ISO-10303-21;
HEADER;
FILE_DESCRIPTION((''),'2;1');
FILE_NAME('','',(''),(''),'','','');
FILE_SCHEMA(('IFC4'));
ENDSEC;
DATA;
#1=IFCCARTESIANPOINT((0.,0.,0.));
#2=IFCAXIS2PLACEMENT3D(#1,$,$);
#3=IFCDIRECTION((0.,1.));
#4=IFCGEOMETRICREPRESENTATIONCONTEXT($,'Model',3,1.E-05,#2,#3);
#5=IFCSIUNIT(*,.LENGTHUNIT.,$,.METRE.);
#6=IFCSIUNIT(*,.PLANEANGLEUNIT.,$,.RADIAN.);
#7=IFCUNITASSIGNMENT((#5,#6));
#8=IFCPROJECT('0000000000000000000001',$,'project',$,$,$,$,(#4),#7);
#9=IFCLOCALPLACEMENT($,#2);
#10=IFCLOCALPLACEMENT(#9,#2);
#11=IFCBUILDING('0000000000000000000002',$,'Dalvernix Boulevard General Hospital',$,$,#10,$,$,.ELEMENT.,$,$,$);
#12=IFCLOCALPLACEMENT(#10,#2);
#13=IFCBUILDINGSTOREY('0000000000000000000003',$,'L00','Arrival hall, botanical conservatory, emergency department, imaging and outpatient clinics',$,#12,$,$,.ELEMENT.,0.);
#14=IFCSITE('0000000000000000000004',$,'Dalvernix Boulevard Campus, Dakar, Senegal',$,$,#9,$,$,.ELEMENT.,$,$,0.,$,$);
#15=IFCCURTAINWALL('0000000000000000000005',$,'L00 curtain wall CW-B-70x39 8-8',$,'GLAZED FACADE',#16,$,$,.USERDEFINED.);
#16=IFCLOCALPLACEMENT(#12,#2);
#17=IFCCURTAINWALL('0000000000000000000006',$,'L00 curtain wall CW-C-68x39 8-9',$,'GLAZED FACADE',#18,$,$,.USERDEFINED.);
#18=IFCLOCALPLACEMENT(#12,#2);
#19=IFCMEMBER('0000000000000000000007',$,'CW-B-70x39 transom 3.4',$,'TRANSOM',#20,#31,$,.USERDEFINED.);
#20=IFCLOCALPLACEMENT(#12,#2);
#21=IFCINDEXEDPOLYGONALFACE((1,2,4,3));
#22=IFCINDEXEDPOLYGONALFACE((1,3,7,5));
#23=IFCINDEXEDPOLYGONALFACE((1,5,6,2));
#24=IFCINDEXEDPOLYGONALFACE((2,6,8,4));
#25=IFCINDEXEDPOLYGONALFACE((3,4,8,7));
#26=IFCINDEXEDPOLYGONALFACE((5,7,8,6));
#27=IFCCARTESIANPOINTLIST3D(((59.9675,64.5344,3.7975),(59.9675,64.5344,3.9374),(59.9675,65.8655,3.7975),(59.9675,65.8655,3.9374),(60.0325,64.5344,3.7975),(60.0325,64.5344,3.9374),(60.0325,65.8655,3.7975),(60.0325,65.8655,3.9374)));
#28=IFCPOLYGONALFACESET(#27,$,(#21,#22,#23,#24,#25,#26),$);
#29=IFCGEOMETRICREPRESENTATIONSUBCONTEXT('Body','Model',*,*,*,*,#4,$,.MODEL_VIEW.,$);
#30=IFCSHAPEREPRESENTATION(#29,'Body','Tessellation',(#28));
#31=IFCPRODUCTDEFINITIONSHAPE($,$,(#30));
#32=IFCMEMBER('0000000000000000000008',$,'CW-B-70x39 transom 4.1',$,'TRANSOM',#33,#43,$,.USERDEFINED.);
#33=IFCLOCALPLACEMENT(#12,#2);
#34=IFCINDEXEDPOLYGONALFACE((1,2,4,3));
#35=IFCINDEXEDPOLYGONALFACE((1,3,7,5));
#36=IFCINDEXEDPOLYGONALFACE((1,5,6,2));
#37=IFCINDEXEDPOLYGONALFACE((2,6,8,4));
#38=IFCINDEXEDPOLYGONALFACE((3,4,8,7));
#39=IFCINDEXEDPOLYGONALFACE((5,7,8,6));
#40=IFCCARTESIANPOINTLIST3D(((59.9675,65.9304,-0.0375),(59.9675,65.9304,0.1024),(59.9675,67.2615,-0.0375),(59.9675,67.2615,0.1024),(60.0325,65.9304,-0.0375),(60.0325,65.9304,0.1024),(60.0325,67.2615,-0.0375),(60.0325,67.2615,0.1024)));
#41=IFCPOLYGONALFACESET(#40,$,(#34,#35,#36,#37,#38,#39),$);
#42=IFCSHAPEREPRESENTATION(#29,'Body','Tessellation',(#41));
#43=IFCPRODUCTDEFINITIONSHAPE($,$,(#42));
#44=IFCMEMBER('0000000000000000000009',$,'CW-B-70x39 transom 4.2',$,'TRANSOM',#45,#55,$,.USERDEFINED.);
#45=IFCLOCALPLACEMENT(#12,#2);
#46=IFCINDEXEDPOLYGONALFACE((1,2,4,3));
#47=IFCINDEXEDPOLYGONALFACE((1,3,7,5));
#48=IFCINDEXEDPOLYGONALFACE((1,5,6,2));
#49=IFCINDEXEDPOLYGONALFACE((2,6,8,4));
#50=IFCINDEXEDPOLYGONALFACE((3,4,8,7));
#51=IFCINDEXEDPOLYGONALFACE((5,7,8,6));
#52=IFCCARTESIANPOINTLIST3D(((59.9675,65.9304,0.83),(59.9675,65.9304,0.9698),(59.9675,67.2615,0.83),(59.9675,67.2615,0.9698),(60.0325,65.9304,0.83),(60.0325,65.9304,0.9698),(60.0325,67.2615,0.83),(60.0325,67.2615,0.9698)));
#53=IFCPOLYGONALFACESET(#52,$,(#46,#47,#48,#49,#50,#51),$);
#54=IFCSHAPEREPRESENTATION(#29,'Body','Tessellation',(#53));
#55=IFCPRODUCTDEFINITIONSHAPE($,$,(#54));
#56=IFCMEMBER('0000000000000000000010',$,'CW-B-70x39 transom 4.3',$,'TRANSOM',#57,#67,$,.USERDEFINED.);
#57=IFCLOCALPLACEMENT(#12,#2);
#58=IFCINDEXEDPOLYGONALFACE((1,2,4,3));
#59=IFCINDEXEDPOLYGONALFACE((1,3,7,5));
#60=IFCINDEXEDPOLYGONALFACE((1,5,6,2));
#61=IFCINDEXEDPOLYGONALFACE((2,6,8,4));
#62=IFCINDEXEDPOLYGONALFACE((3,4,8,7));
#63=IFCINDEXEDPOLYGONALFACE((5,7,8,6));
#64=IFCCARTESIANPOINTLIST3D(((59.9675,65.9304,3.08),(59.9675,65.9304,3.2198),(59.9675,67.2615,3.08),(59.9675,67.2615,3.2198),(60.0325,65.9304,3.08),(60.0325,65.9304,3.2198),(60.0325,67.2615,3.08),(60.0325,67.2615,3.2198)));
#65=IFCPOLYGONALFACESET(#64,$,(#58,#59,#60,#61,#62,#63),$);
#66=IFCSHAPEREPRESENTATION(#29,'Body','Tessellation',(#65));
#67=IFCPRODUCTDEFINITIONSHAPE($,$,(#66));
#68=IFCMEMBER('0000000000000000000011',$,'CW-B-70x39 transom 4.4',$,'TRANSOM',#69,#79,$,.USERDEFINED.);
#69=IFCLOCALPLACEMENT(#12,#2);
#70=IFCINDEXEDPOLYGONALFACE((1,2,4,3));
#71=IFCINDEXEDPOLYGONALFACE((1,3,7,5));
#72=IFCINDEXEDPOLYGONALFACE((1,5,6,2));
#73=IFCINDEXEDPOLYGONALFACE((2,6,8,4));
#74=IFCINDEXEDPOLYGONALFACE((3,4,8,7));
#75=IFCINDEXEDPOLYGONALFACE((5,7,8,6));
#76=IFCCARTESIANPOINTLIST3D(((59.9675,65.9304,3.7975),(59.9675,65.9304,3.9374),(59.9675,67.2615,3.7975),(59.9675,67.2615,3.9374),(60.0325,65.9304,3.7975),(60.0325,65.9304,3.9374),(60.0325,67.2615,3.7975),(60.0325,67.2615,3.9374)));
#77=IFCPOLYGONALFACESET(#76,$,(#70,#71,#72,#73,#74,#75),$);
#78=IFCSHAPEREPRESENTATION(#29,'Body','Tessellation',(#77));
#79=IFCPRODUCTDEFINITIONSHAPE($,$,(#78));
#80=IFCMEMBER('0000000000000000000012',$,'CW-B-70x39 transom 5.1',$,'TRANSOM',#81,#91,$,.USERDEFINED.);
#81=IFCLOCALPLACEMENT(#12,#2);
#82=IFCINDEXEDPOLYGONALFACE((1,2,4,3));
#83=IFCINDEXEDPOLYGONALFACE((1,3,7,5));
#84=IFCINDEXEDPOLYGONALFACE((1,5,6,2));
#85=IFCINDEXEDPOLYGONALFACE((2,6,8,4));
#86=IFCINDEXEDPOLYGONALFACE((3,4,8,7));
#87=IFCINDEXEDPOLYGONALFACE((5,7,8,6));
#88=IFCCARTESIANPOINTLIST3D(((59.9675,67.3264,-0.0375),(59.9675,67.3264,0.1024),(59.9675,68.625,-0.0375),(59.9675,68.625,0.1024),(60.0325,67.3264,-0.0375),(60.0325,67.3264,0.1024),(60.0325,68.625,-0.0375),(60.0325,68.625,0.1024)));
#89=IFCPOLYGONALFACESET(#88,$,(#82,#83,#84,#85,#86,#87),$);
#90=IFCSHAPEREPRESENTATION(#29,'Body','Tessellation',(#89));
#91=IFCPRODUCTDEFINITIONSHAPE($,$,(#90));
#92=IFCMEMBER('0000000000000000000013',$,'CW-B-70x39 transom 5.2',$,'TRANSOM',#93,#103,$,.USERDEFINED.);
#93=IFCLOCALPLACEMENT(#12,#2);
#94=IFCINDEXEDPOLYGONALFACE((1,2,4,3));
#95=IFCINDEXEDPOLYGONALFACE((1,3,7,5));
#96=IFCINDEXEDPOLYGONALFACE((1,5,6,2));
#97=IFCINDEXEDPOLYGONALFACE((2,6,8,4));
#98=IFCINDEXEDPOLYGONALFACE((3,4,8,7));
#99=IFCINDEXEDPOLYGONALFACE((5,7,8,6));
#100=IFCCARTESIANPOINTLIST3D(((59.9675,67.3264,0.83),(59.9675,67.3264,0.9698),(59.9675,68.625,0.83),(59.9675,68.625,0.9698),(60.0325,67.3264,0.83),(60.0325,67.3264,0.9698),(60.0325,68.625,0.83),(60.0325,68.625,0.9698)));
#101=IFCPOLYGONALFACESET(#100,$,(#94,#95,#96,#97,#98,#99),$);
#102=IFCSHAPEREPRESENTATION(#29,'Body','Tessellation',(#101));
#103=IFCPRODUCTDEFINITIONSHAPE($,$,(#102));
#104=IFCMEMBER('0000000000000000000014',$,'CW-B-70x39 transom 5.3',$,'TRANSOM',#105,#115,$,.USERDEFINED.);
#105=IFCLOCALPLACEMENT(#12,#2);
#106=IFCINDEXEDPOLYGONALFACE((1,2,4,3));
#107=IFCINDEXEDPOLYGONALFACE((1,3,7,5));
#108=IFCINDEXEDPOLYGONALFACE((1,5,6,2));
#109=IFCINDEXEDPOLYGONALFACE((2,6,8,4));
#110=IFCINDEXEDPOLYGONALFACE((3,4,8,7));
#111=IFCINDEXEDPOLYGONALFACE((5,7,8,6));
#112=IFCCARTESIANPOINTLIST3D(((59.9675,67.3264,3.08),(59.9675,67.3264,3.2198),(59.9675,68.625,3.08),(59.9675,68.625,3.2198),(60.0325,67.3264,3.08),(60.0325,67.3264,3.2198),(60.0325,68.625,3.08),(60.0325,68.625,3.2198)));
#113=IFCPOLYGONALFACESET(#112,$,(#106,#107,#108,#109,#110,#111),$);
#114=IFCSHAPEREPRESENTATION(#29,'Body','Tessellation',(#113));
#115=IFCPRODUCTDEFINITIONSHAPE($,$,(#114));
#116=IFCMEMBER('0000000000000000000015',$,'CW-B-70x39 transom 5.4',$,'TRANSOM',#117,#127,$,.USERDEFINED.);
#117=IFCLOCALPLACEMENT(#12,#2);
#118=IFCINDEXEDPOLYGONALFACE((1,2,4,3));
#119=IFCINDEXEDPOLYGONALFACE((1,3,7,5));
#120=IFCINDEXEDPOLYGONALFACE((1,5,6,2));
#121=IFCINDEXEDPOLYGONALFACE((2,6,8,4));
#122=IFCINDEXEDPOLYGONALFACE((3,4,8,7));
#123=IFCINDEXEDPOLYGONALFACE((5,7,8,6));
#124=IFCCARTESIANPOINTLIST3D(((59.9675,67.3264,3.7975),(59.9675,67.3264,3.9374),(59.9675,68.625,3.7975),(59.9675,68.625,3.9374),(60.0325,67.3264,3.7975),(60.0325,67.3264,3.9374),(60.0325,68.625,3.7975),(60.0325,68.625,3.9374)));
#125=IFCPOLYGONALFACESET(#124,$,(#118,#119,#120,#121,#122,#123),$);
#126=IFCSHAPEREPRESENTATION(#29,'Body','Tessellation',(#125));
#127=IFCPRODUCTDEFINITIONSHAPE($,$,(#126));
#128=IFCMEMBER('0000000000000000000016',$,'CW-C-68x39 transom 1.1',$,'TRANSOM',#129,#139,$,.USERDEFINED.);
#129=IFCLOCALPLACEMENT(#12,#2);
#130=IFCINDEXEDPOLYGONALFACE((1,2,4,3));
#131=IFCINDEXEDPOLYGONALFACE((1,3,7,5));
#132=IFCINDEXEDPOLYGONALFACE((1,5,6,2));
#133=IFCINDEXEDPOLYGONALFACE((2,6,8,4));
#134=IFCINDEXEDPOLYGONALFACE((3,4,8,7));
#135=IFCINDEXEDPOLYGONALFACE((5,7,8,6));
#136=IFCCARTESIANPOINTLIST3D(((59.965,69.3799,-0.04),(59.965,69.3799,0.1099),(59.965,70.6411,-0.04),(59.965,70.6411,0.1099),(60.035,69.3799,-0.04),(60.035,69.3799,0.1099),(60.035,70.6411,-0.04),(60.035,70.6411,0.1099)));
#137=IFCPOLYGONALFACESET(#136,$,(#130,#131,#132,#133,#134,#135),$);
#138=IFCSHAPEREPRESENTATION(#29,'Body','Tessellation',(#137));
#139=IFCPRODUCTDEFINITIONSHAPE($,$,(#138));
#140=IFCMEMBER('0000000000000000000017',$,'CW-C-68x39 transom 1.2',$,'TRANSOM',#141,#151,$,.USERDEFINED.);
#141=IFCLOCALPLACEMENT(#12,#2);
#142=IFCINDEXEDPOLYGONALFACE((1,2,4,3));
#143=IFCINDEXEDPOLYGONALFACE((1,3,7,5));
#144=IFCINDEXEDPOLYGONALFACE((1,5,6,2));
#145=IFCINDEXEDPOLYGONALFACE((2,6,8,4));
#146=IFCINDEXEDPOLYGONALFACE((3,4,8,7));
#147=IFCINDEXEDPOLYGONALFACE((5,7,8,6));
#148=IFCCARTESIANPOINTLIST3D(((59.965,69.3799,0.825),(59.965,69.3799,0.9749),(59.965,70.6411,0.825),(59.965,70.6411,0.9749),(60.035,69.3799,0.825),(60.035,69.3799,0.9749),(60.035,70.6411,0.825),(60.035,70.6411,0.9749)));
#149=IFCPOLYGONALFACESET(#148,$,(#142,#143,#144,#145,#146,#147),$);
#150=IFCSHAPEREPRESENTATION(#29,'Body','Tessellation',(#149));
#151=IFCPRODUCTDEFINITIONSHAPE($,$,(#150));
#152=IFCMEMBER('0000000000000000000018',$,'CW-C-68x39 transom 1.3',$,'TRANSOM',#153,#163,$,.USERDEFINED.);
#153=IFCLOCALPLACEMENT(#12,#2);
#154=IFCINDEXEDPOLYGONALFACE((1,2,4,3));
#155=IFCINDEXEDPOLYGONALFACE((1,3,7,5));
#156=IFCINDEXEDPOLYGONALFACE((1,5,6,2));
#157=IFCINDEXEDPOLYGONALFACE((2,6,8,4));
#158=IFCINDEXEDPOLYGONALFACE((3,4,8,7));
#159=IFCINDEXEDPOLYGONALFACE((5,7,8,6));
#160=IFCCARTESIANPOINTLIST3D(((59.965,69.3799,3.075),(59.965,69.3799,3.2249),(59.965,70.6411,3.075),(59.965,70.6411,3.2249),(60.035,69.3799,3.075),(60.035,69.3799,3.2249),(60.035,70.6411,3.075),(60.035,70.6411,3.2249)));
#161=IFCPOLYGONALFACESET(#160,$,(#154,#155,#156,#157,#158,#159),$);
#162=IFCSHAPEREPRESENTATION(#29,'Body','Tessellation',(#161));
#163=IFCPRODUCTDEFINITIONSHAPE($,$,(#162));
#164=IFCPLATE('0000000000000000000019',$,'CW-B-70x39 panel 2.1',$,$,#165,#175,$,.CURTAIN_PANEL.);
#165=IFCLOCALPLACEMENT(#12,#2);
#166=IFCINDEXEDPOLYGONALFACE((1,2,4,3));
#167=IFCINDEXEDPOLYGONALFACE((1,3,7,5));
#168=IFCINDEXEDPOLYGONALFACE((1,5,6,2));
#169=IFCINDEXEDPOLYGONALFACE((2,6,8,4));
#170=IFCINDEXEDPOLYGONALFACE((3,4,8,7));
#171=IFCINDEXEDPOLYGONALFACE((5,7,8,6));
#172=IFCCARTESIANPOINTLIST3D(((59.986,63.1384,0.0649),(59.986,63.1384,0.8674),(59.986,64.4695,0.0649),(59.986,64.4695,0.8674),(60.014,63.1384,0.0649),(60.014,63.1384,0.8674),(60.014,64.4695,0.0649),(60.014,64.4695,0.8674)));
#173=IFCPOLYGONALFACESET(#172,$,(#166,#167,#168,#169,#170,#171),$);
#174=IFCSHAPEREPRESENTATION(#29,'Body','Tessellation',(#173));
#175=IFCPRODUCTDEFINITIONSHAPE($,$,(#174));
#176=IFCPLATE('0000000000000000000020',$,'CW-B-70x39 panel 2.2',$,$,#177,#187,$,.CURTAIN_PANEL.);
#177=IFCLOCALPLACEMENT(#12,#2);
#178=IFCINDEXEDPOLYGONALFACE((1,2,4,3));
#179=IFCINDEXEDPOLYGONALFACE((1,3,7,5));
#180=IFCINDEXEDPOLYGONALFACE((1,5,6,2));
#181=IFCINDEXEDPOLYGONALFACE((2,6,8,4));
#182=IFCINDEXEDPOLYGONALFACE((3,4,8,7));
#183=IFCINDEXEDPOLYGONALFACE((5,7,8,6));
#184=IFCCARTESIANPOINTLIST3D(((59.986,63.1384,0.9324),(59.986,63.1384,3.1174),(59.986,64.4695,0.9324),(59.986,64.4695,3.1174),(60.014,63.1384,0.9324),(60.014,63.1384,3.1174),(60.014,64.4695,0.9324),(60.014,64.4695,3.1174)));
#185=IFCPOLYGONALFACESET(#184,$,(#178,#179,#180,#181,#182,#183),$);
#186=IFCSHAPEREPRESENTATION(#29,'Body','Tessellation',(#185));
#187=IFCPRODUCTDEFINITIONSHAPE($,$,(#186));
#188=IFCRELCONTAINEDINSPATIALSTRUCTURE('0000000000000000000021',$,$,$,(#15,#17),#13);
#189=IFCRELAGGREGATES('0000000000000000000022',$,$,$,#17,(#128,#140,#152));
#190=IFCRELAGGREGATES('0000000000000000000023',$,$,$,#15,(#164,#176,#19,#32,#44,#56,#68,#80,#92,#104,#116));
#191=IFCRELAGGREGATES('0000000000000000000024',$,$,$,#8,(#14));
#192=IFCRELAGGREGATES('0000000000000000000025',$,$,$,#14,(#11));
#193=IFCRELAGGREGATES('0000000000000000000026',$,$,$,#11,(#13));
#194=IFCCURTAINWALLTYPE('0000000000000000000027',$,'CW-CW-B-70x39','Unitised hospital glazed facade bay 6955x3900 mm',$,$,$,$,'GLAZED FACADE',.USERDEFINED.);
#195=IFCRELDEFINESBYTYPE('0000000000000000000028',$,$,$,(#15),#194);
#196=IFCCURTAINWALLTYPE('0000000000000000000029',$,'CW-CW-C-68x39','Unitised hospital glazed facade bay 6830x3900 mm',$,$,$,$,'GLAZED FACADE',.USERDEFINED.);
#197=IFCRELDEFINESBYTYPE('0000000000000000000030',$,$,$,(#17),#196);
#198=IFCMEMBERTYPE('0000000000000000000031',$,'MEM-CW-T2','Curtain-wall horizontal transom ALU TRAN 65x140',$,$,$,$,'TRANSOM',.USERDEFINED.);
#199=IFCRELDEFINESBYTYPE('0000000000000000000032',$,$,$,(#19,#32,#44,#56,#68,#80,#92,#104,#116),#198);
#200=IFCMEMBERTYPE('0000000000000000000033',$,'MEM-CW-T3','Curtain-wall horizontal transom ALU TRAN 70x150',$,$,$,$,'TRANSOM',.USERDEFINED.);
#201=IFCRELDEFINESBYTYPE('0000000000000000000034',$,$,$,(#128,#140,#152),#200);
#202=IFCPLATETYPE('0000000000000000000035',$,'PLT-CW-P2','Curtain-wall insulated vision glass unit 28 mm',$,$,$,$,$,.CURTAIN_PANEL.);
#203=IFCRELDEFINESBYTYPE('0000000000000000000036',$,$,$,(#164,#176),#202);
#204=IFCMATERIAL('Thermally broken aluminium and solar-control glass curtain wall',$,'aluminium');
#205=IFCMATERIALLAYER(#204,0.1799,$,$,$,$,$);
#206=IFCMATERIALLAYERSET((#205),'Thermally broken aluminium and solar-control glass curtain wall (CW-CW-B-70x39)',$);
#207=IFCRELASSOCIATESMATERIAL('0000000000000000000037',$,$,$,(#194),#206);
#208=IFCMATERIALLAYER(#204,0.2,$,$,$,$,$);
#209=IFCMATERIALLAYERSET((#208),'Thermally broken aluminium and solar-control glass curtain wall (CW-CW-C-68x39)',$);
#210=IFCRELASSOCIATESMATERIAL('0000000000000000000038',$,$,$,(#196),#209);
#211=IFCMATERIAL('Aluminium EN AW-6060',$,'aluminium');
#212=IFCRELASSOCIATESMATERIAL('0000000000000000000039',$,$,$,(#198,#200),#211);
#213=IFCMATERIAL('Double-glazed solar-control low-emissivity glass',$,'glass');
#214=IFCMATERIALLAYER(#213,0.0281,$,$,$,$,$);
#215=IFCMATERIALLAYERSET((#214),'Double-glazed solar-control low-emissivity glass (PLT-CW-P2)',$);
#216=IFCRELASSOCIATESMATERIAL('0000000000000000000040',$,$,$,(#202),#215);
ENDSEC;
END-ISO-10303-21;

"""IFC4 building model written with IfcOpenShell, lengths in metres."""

from ifc_helpers import new_model, si_unit, direction, frame, origin, origin_2d, place, context, subcontext, project, spatial, rectangle, extrude, material, layer, layer_set, material_profile, profile_set, type_object, element, aggregate, save


model = new_model("IFC4")

# Units and contexts
model_context = context("Model", 3, precision=1e-05, world=origin(), true_north=direction((0.0, 1.0)))
body_context = subcontext(model_context, "Body", "Model", "MODEL_VIEW")
ifc_project = project(units=[si_unit("LENGTHUNIT", "METRE"), si_unit("PLANEANGLEUNIT", "RADIAN")], contexts=[model_context])

# Site, building, storey
site_placement = place(None, origin())
site = spatial("IfcSite", under=ifc_project, at=site_placement, Name="Dalvernix Boulevard Campus, Dakar, Senegal", CompositionType="ELEMENT", RefElevation=0.0)
building_placement = place(site_placement, origin())
building = spatial("IfcBuilding", under=site, at=building_placement, Name="Dalvernix Boulevard General Hospital", CompositionType="ELEMENT")
storey_placement = place(building_placement, origin())
storey = spatial("IfcBuildingStorey", under=building, at=storey_placement, Name="L00", Description="Arrival hall, botanical conservatory, emergency department, imaging and outpatient clinics", CompositionType="ELEMENT", Elevation=0.0)

# Curtain wall
ifc_material_1 = material(Name="Thermally broken aluminium and solar-control glass curtain wall", Category="aluminium")
ifc_layer_1 = layer(ifc_material_1, 0.1799)
ifc_layer_set_1 = layer_set([ifc_layer_1], Name="Thermally broken aluminium and solar-control glass curtain wall (CW-CW-B-70x39)")
curtain_wall_type_1 = type_object("IfcCurtainWallType", Name="CW-CW-B-70x39", Description="Unitised hospital glazed facade bay 6955x3900 mm", ElementType="GLAZED FACADE", PredefinedType="USERDEFINED", material=ifc_layer_set_1)
curtain_wall_1_placement = place(storey_placement, origin())
curtain_wall_1 = element("IfcCurtainWall", 1, at=curtain_wall_1_placement, inside=storey, type_object=curtain_wall_type_1, Name="L00 curtain wall CW-B-70x39 8-8", ObjectType="GLAZED FACADE", PredefinedType="USERDEFINED")
ifc_material_2 = material(Name="Aluminium EN AW-6060", Category="aluminium")

# Curtain wall
ifc_layer_2 = layer(ifc_material_1, 0.2)
ifc_layer_set_2 = layer_set([ifc_layer_2], Name="Thermally broken aluminium and solar-control glass curtain wall (CW-CW-C-68x39)")
curtain_wall_type_2 = type_object("IfcCurtainWallType", Name="CW-CW-C-68x39", Description="Unitised hospital glazed facade bay 6830x3900 mm", ElementType="GLAZED FACADE", PredefinedType="USERDEFINED", material=ifc_layer_set_2)
curtain_wall_2_placement = place(storey_placement, origin())
curtain_wall_2 = element("IfcCurtainWall", 2, at=curtain_wall_2_placement, inside=storey, type_object=curtain_wall_type_2, Name="L00 curtain wall CW-C-68x39 8-9", ObjectType="GLAZED FACADE", PredefinedType="USERDEFINED")

# Members
ifc_material_profile_1 = material_profile(ifc_material_2, rectangle(XDim=0.0649, YDim=0.1399, at=origin_2d()), Name="ALU TRAN 65x140")
ifc_profile_set_1 = profile_set([ifc_material_profile_1], Name="Aluminium EN AW-6060")
member_type_1 = type_object("IfcMemberType", Name="MEM-CW-T2", Description="Curtain-wall horizontal transom ALU TRAN 65x140", ElementType="TRANSOM", PredefinedType="USERDEFINED", material=ifc_profile_set_1)
member_1_placement = place(storey_placement, frame((60.0, 64.5344, 3.8674), z_axis=(0.0, 1.0, 0.0), x_axis=(-1.0, 0.0, 0.0)))
member_1 = element("IfcMember", 3, at=member_1_placement, type_object=member_type_1, Name="CW-B-70x39 transom 3.4", ObjectType="TRANSOM", PredefinedType="USERDEFINED", context=body_context, shape_type="SweptSolid", body=[
    extrude(rectangle(XDim=0.0649, YDim=0.1399, at=origin_2d()), origin(), (0.0, 0.0, 1.0), 1.3311),
])
member_2_placement = place(storey_placement, frame((60.0, 65.9304, 0.0325), z_axis=(0.0, 1.0, 0.0), x_axis=(-1.0, 0.0, 0.0)))
member_2 = element("IfcMember", 4, at=member_2_placement, type_object=member_type_1, Name="CW-B-70x39 transom 4.1", ObjectType="TRANSOM", PredefinedType="USERDEFINED", context=body_context, shape_type="SweptSolid", body=[
    extrude(rectangle(XDim=0.0649, YDim=0.1399, at=origin_2d()), origin(), (0.0, 0.0, 1.0), 1.3311),
])
member_3_placement = place(storey_placement, frame((60.0, 65.9304, 0.8999), z_axis=(0.0, 1.0, 0.0), x_axis=(-1.0, 0.0, 0.0)))
member_3 = element("IfcMember", 5, at=member_3_placement, type_object=member_type_1, Name="CW-B-70x39 transom 4.2", ObjectType="TRANSOM", PredefinedType="USERDEFINED", context=body_context, shape_type="SweptSolid", body=[
    extrude(rectangle(XDim=0.0649, YDim=0.1399, at=origin_2d()), origin(), (0.0, 0.0, 1.0), 1.3311),
])
member_4_placement = place(storey_placement, frame((60.0, 65.9304, 3.1499), z_axis=(0.0, 1.0, 0.0), x_axis=(-1.0, 0.0, 0.0)))
member_4 = element("IfcMember", 6, at=member_4_placement, type_object=member_type_1, Name="CW-B-70x39 transom 4.3", ObjectType="TRANSOM", PredefinedType="USERDEFINED", context=body_context, shape_type="SweptSolid", body=[
    extrude(rectangle(XDim=0.0649, YDim=0.1399, at=origin_2d()), origin(), (0.0, 0.0, 1.0), 1.3311),
])
member_5_placement = place(storey_placement, frame((60.0, 65.9304, 3.8674), z_axis=(0.0, 1.0, 0.0), x_axis=(-1.0, 0.0, 0.0)))
member_5 = element("IfcMember", 7, at=member_5_placement, type_object=member_type_1, Name="CW-B-70x39 transom 4.4", ObjectType="TRANSOM", PredefinedType="USERDEFINED", context=body_context, shape_type="SweptSolid", body=[
    extrude(rectangle(XDim=0.0649, YDim=0.1399, at=origin_2d()), origin(), (0.0, 0.0, 1.0), 1.3311),
])
member_6_placement = place(storey_placement, frame((60.0, 67.3264, 0.0325), z_axis=(0.0, 1.0, 0.0), x_axis=(-1.0, 0.0, 0.0)))
member_6 = element("IfcMember", 8, at=member_6_placement, type_object=member_type_1, Name="CW-B-70x39 transom 5.1", ObjectType="TRANSOM", PredefinedType="USERDEFINED", context=body_context, shape_type="SweptSolid", body=[
    extrude(rectangle(XDim=0.0649, YDim=0.1399, at=origin_2d()), origin(), (0.0, 0.0, 1.0), 1.2986),
])
member_7_placement = place(storey_placement, frame((60.0, 67.3264, 0.8999), z_axis=(0.0, 1.0, 0.0), x_axis=(-1.0, 0.0, 0.0)))
member_7 = element("IfcMember", 9, at=member_7_placement, type_object=member_type_1, Name="CW-B-70x39 transom 5.2", ObjectType="TRANSOM", PredefinedType="USERDEFINED", context=body_context, shape_type="SweptSolid", body=[
    extrude(rectangle(XDim=0.0649, YDim=0.1399, at=origin_2d()), origin(), (0.0, 0.0, 1.0), 1.2986),
])
member_8_placement = place(storey_placement, frame((60.0, 67.3264, 3.1499), z_axis=(0.0, 1.0, 0.0), x_axis=(-1.0, 0.0, 0.0)))
member_8 = element("IfcMember", 10, at=member_8_placement, type_object=member_type_1, Name="CW-B-70x39 transom 5.3", ObjectType="TRANSOM", PredefinedType="USERDEFINED", context=body_context, shape_type="SweptSolid", body=[
    extrude(rectangle(XDim=0.0649, YDim=0.1399, at=origin_2d()), origin(), (0.0, 0.0, 1.0), 1.2986),
])
member_9_placement = place(storey_placement, frame((60.0, 67.3264, 3.8674), z_axis=(0.0, 1.0, 0.0), x_axis=(-1.0, 0.0, 0.0)))
member_9 = element("IfcMember", 11, at=member_9_placement, type_object=member_type_1, Name="CW-B-70x39 transom 5.4", ObjectType="TRANSOM", PredefinedType="USERDEFINED", context=body_context, shape_type="SweptSolid", body=[
    extrude(rectangle(XDim=0.0649, YDim=0.1399, at=origin_2d()), origin(), (0.0, 0.0, 1.0), 1.2986),
])
ifc_material_profile_2 = material_profile(ifc_material_2, rectangle(XDim=0.0701, YDim=0.1499, at=origin_2d()), Name="ALU TRAN 70x150")
ifc_profile_set_2 = profile_set([ifc_material_profile_2], Name="Aluminium EN AW-6060")
member_type_2 = type_object("IfcMemberType", Name="MEM-CW-T3", Description="Curtain-wall horizontal transom ALU TRAN 70x150", ElementType="TRANSOM", PredefinedType="USERDEFINED", material=ifc_profile_set_2)
member_10_placement = place(storey_placement, frame((60.0, 69.3799, 0.0349), z_axis=(0.0, 1.0, 0.0), x_axis=(-1.0, 0.0, 0.0)))
member_10 = element("IfcMember", 12, at=member_10_placement, type_object=member_type_2, Name="CW-C-68x39 transom 1.1", ObjectType="TRANSOM", PredefinedType="USERDEFINED", context=body_context, shape_type="SweptSolid", body=[
    extrude(rectangle(XDim=0.0701, YDim=0.1499, at=origin_2d()), origin(), (0.0, 0.0, 1.0), 1.2612),
])
member_11_placement = place(storey_placement, frame((60.0, 69.3799, 0.8999), z_axis=(0.0, 1.0, 0.0), x_axis=(-1.0, 0.0, 0.0)))
member_11 = element("IfcMember", 13, at=member_11_placement, type_object=member_type_2, Name="CW-C-68x39 transom 1.2", ObjectType="TRANSOM", PredefinedType="USERDEFINED", context=body_context, shape_type="SweptSolid", body=[
    extrude(rectangle(XDim=0.0701, YDim=0.1499, at=origin_2d()), origin(), (0.0, 0.0, 1.0), 1.2612),
])
member_12_placement = place(storey_placement, frame((60.0, 69.3799, 3.1499), z_axis=(0.0, 1.0, 0.0), x_axis=(-1.0, 0.0, 0.0)))
member_12 = element("IfcMember", 14, at=member_12_placement, type_object=member_type_2, Name="CW-C-68x39 transom 1.3", ObjectType="TRANSOM", PredefinedType="USERDEFINED", context=body_context, shape_type="SweptSolid", body=[
    extrude(rectangle(XDim=0.0701, YDim=0.1499, at=origin_2d()), origin(), (0.0, 0.0, 1.0), 1.2612),
])
aggregate(curtain_wall_2, [member_10, member_11, member_12])

# Plates
ifc_material_3 = material(Name="Double-glazed solar-control low-emissivity glass", Category="glass")
ifc_layer_3 = layer(ifc_material_3, 0.0281)
ifc_layer_set_3 = layer_set([ifc_layer_3], Name="Double-glazed solar-control low-emissivity glass (PLT-CW-P2)")
plate_type = type_object("IfcPlateType", Name="PLT-CW-P2", Description="Curtain-wall insulated vision glass unit 28 mm", PredefinedType="CURTAIN_PANEL", material=ifc_layer_set_3)
plate_1_placement = place(storey_placement, frame((60.0, 63.804, 0.0649), z_axis=(0.0, 0.0, 1.0), x_axis=(0.0, 1.0, 0.0)))
plate_1 = element("IfcPlate", 15, at=plate_1_placement, type_object=plate_type, Name="CW-B-70x39 panel 2.1", PredefinedType="CURTAIN_PANEL", context=body_context, shape_type="SweptSolid", body=[
    extrude(rectangle(XDim=1.3311, YDim=0.0281, at=origin_2d()), origin(), (0.0, 0.0, 1.0), 0.8025),
])
plate_2_placement = place(storey_placement, frame((60.0, 63.804, 0.9324), z_axis=(0.0, 0.0, 1.0), x_axis=(0.0, 1.0, 0.0)))
plate_2 = element("IfcPlate", 16, at=plate_2_placement, type_object=plate_type, Name="CW-B-70x39 panel 2.2", PredefinedType="CURTAIN_PANEL", context=body_context, shape_type="SweptSolid", body=[
    extrude(rectangle(XDim=1.3311, YDim=0.0281, at=origin_2d()), origin(), (0.0, 0.0, 1.0), 2.1851),
])
aggregate(curtain_wall_1, [plate_1, plate_2, member_1, member_2, member_3, member_4, member_5, member_6, member_7, member_8, member_9])

save(model, "model.ifc")
